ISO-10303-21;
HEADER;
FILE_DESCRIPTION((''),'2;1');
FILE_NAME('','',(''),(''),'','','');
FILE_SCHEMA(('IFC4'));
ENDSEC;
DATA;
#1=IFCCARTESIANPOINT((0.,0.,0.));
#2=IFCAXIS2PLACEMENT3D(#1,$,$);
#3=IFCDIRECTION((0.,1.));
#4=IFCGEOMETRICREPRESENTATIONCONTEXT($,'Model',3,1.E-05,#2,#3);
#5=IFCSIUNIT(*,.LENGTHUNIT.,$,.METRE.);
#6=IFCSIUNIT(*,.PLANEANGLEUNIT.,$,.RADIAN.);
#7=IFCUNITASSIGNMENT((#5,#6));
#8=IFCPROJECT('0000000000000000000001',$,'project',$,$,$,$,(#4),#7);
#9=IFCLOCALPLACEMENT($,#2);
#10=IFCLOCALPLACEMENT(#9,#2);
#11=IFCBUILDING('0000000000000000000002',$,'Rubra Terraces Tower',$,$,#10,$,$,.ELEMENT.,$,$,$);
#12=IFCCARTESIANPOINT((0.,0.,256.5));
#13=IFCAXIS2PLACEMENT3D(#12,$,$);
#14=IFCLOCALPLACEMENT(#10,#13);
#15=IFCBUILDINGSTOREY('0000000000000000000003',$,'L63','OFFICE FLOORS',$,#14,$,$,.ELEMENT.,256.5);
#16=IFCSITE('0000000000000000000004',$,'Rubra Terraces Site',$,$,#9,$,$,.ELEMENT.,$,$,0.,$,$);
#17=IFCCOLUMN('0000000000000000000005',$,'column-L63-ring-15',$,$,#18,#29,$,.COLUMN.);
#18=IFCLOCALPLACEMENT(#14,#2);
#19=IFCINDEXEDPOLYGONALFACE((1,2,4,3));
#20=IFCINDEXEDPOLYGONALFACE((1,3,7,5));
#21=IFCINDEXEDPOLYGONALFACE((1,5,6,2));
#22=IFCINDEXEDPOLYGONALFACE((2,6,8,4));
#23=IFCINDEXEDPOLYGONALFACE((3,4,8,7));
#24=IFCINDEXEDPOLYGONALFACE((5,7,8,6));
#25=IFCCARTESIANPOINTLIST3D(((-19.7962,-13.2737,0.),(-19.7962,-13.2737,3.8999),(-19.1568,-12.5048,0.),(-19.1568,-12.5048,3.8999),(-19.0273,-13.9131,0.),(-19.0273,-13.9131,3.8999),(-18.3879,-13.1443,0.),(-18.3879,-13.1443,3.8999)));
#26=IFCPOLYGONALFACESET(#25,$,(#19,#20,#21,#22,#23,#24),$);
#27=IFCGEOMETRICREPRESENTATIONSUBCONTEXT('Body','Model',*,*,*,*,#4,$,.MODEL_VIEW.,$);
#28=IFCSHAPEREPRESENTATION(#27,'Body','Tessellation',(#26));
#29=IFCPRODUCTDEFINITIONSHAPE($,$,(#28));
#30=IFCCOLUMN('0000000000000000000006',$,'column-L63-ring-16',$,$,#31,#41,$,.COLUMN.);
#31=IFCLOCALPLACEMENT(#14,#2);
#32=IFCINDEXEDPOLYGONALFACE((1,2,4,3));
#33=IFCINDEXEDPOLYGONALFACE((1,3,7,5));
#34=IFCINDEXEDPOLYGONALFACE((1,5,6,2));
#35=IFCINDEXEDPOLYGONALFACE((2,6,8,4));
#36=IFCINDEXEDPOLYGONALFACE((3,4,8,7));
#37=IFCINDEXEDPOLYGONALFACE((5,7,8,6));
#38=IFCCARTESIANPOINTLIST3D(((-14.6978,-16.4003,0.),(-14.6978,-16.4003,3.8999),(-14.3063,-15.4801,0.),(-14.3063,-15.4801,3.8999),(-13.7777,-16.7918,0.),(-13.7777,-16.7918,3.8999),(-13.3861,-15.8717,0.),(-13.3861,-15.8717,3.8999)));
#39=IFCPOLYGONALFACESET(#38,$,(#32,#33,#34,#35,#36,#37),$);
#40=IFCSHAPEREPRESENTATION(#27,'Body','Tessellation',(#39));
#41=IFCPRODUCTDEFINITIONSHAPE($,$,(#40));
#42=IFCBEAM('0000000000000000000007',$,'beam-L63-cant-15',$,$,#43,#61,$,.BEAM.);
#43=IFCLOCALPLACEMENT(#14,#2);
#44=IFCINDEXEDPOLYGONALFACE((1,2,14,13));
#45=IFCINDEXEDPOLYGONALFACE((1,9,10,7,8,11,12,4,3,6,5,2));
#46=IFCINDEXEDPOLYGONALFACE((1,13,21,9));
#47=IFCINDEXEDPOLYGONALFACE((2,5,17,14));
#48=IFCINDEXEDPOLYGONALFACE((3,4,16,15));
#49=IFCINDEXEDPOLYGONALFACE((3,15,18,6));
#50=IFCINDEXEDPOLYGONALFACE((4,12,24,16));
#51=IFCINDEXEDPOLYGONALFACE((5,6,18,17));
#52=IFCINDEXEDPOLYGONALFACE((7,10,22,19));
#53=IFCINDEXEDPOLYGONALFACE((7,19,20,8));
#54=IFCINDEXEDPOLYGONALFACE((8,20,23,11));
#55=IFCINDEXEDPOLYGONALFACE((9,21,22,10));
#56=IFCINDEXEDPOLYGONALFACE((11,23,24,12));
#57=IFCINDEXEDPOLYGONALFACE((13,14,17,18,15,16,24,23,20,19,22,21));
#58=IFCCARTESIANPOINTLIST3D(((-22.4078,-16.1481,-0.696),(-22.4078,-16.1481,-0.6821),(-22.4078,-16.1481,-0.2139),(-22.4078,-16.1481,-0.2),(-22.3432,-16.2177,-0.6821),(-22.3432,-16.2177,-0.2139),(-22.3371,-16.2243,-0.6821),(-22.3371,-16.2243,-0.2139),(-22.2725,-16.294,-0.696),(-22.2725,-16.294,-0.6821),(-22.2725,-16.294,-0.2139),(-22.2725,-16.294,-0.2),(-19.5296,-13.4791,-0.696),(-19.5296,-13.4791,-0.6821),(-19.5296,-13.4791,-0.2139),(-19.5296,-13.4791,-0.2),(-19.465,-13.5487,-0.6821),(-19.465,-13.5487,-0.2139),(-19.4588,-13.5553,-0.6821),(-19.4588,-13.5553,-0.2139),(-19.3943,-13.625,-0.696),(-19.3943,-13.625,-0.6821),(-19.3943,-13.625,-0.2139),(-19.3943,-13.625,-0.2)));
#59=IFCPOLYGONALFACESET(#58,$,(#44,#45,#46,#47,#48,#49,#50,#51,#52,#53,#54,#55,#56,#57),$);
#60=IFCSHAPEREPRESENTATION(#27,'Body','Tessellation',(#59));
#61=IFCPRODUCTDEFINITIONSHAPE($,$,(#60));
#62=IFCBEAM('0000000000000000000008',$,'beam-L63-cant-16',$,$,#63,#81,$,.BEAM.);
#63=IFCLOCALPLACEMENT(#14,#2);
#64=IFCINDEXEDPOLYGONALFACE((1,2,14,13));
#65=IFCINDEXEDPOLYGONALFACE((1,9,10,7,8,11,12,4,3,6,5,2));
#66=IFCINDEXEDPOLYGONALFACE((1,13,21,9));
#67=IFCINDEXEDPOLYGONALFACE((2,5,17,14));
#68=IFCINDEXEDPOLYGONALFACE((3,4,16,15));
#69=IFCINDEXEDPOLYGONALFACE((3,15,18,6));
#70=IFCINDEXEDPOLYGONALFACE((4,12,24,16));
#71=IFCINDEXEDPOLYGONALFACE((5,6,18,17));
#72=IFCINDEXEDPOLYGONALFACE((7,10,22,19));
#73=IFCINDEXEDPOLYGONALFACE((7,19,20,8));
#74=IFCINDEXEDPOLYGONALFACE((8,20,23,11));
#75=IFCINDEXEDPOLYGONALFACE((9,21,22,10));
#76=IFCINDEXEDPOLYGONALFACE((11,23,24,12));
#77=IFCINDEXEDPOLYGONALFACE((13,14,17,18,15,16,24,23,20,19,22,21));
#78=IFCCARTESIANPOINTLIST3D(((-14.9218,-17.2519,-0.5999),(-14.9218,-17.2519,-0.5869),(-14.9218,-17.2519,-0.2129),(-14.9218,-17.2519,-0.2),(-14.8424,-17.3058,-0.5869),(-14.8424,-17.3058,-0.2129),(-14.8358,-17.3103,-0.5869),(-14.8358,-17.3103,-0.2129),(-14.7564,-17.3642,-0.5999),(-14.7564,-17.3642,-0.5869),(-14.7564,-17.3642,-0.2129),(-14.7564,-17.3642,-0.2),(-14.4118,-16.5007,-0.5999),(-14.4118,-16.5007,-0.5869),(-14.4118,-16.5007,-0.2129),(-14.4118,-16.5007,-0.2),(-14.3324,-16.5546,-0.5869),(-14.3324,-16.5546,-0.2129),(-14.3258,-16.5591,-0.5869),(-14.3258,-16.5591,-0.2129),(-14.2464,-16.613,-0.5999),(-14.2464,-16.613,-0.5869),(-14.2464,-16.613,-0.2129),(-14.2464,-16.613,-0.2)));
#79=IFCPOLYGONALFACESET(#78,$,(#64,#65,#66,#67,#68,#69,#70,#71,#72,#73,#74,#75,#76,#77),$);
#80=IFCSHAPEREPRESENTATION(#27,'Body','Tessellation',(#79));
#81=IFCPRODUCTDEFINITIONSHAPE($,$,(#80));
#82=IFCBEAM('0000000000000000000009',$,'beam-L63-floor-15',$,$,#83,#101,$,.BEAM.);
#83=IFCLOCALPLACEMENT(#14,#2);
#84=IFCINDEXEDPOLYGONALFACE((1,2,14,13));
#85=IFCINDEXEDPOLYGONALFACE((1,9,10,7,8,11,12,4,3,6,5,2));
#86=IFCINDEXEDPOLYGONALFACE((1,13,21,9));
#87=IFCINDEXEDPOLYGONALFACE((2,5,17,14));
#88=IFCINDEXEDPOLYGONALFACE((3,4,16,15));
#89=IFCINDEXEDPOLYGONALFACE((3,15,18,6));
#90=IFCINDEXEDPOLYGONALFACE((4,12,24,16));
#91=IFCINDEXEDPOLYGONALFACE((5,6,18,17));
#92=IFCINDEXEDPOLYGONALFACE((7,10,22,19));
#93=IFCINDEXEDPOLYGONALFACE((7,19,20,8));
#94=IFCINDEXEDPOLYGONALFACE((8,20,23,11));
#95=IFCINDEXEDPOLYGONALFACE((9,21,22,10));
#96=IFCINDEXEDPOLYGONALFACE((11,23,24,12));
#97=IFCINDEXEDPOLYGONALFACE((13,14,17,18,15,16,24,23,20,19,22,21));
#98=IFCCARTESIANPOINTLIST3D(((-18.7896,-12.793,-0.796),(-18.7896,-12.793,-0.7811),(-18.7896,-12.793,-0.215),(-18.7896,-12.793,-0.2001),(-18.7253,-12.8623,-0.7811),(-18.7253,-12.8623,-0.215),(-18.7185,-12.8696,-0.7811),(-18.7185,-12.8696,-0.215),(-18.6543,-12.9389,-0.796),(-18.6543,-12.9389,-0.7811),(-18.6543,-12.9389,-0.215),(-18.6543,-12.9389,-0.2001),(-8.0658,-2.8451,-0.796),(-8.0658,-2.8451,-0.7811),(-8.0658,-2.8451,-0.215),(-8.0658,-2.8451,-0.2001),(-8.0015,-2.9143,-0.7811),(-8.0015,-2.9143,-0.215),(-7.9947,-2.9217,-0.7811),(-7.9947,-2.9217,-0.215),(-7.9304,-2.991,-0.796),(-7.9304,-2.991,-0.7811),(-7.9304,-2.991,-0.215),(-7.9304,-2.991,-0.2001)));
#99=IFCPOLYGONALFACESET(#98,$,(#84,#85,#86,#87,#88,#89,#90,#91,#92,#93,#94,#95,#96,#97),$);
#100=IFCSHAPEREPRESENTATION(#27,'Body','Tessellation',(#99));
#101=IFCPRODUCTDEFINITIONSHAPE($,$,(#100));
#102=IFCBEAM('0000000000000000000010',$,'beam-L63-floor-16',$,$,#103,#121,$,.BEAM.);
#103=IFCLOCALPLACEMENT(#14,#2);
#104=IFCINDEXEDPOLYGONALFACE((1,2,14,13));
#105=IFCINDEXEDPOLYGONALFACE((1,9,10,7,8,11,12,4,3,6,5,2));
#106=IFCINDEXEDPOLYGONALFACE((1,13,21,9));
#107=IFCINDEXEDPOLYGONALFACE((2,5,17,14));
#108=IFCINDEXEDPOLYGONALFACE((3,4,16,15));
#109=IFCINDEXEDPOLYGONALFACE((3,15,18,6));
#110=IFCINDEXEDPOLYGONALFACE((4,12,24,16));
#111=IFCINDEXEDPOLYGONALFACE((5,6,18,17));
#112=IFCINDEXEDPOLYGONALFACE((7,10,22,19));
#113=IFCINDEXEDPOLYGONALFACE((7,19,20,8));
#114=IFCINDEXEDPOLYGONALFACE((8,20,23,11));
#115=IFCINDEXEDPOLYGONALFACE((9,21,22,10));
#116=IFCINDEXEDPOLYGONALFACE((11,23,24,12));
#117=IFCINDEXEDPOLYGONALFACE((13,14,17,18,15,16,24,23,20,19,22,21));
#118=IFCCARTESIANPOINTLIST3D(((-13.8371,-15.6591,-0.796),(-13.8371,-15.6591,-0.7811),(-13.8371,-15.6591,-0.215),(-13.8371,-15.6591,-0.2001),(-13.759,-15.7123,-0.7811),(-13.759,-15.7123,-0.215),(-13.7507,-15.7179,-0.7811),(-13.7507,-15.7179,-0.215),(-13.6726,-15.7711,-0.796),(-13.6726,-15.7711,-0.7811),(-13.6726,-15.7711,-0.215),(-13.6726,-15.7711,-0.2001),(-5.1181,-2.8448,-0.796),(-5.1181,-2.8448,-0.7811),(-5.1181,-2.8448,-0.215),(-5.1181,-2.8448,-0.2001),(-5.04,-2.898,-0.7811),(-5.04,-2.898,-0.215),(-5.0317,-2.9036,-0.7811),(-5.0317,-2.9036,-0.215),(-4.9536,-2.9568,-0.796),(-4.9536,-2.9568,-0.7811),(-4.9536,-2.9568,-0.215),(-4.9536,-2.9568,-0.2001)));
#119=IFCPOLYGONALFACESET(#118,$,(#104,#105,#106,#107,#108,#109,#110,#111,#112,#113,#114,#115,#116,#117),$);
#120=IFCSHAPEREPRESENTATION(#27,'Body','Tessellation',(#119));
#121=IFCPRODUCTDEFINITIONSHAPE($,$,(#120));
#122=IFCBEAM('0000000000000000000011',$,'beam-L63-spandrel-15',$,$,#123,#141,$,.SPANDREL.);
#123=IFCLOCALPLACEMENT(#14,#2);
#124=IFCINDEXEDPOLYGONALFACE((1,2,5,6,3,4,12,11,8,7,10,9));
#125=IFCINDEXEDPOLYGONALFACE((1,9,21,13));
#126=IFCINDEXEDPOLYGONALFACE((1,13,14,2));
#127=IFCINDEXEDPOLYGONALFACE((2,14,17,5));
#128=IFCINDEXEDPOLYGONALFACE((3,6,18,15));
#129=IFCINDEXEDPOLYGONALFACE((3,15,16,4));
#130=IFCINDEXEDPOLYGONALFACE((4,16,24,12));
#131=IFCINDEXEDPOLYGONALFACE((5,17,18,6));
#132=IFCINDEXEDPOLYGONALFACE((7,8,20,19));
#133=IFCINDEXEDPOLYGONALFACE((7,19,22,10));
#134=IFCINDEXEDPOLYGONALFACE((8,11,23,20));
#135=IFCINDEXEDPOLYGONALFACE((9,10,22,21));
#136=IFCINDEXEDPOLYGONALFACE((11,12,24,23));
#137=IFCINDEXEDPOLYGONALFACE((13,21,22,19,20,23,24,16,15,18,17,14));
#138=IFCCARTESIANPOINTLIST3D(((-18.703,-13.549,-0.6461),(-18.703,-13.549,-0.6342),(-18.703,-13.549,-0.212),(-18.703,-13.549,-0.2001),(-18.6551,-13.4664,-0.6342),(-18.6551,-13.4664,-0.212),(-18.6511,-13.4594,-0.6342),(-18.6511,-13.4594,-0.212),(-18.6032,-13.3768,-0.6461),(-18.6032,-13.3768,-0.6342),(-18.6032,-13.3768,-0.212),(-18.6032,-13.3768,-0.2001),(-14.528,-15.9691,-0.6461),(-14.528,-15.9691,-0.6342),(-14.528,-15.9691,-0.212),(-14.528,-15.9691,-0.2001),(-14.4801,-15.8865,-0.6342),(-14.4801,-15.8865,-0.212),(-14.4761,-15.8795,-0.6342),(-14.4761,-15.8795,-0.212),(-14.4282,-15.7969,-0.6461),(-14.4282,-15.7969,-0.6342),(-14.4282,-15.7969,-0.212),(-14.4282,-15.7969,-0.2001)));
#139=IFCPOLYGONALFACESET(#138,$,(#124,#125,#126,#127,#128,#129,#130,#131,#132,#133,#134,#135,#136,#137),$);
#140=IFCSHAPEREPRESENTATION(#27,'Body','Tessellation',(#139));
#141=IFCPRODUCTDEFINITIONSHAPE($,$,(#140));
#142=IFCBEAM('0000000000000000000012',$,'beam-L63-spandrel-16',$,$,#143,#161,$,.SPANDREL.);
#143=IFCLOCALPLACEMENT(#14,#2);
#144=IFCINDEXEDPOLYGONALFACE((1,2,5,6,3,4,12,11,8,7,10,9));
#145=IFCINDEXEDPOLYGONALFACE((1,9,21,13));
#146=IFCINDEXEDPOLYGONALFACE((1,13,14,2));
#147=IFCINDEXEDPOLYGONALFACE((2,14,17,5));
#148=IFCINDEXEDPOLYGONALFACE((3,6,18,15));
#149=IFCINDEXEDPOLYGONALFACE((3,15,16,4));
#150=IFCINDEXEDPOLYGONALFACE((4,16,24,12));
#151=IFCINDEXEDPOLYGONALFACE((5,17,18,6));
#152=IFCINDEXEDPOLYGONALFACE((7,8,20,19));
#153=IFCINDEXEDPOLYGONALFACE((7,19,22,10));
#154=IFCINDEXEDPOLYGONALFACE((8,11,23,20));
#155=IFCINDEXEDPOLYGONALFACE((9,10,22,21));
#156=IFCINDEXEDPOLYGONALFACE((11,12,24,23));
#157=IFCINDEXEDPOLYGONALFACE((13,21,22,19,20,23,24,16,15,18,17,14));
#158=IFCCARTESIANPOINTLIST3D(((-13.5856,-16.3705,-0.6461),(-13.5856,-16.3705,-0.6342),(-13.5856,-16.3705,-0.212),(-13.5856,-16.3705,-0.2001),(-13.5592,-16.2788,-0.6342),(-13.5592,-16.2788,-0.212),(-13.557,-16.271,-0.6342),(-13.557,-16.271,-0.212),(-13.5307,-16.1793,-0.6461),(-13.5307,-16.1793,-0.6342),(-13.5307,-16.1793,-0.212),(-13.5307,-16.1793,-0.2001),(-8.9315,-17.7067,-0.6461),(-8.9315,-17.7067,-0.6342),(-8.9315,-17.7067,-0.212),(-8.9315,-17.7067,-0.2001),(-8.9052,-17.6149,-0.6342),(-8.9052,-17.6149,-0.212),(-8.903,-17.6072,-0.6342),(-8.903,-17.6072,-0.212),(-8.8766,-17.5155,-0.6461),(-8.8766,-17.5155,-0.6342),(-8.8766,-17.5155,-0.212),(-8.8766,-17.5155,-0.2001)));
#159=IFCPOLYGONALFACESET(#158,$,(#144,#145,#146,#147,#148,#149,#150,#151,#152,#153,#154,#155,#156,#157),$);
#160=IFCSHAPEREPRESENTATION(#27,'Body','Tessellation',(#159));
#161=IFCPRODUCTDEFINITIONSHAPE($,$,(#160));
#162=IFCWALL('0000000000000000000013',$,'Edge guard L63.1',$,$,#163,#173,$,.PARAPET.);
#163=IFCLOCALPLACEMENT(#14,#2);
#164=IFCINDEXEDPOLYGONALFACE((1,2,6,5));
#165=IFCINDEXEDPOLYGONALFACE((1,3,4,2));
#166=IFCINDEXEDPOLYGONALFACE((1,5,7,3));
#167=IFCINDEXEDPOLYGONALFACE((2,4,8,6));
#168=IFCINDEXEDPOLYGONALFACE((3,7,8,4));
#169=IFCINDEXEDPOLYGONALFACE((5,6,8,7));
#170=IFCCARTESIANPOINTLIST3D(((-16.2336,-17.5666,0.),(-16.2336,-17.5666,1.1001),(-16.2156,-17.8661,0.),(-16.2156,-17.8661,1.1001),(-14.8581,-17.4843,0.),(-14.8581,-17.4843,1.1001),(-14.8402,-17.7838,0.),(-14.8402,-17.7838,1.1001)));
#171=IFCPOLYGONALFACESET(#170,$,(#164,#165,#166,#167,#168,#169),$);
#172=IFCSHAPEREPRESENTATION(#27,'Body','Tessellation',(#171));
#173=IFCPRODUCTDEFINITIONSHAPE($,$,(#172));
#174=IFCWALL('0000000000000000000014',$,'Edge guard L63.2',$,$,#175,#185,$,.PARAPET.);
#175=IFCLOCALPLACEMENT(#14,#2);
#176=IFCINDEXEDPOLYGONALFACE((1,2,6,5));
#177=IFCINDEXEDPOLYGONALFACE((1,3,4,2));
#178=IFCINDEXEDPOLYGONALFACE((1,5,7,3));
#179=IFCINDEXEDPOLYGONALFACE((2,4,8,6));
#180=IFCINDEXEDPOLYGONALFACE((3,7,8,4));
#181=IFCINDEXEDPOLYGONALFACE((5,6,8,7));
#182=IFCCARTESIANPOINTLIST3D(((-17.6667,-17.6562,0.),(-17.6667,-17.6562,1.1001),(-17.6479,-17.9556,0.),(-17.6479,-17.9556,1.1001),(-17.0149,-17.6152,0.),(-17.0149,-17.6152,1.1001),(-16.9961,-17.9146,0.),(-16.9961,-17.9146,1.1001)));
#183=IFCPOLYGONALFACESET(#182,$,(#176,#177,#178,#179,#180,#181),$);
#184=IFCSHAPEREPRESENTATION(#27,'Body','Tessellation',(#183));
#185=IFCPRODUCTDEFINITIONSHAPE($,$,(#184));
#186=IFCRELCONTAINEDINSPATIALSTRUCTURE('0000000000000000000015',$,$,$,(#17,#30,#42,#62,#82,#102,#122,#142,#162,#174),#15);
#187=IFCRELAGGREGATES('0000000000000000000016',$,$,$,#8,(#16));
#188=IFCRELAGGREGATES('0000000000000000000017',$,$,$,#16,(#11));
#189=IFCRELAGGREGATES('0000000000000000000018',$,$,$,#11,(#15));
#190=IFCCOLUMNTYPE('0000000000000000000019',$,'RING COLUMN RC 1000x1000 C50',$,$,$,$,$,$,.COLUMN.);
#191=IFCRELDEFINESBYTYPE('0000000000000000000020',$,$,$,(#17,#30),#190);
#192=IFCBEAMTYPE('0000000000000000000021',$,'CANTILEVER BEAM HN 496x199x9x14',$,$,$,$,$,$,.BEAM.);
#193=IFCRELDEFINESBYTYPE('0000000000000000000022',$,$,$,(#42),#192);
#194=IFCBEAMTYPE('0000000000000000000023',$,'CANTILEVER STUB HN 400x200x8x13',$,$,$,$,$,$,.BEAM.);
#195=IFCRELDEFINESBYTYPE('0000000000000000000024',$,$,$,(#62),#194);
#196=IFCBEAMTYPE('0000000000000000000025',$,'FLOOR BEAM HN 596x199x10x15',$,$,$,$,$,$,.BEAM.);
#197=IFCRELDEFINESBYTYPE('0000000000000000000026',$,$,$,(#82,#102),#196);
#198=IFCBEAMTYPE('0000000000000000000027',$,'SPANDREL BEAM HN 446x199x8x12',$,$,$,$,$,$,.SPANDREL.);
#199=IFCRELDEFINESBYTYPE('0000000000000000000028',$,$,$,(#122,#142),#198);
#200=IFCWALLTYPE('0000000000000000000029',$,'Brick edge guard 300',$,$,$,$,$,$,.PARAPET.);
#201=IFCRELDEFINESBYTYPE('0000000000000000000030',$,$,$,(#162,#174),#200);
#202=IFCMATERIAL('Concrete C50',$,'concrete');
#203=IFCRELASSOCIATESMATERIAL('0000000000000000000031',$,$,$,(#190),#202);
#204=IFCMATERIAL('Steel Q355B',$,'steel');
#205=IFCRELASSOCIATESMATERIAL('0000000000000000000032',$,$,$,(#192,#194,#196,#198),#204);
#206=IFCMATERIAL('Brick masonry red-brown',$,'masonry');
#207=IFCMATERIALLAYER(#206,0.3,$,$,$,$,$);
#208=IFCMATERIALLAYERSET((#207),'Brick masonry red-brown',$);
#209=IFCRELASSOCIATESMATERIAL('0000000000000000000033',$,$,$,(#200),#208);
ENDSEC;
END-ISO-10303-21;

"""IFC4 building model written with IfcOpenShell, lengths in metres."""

from ifc_helpers import new_model, si_unit, direction, frame, frame_2d, origin, origin_2d, place, context, subcontext, project, spatial, rectangle, i_section, extrude, material, layer, layer_set, material_profile, profile_set, type_object, element, save


model = new_model("IFC4")

# Units and contexts
model_context = context("Model", 3, precision=1e-05, world=origin(), true_north=direction((0.0, 1.0)))
body_context = subcontext(model_context, "Body", "Model", "MODEL_VIEW")
ifc_project = project(units=[si_unit("LENGTHUNIT", "METRE"), si_unit("PLANEANGLEUNIT", "RADIAN")], contexts=[model_context])

# Site, building, storey
site_placement = place(None, origin())
site = spatial("IfcSite", under=ifc_project, at=site_placement, Name="Rubra Terraces Site", CompositionType="ELEMENT", RefElevation=0.0)
building_placement = place(site_placement, origin())
building = spatial("IfcBuilding", under=site, at=building_placement, Name="Rubra Terraces Tower", CompositionType="ELEMENT")
storey_placement = place(building_placement, frame((0.0, 0.0, 256.5)))
storey = spatial("IfcBuildingStorey", under=building, at=storey_placement, Name="L63", Description="OFFICE FLOORS", CompositionType="ELEMENT", Elevation=256.5)

# Columns
ifc_material_1 = material(Name="Concrete C50", Category="concrete")
ifc_material_profile_1 = material_profile(ifc_material_1, rectangle(XDim=1.0, YDim=1.0, at=origin_2d()), Name="RC 1000x1000")
ifc_profile_set_1 = profile_set([ifc_material_profile_1], Name="Concrete C50")
column_type = type_object("IfcColumnType", Name="RING COLUMN RC 1000x1000 C50", PredefinedType="COLUMN", material=ifc_profile_set_1)
for number, where, z_axis, x_axis, name in (
    (1, (-19.092, -13.209, 0.0), (0.0, 0.0, 1.0), (0.76887, -0.639405, 0.0), "column-L63-ring-15"),
    (2, (-14.042, -16.136, 0.0), (0.0, 0.0, 1.0), (0.920168, -0.391524, 0.0), "column-L63-ring-16"),
):
    element("IfcColumn", number, at=place(storey_placement, frame(where, z_axis=z_axis, x_axis=x_axis)), inside=storey, type_object=column_type, Name=name, PredefinedType="COLUMN", context=body_context, shape_type="SweptSolid", body=[
        extrude(rectangle(XDim=1.0, YDim=1.0, at=origin_2d()), origin(), (0.0, 0.0, 1.0), 3.8999),
    ])

# Beams
ifc_material_2 = material(Name="Steel Q355B", Category="steel")
ifc_material_profile_2 = material_profile(ifc_material_2, i_section(OverallWidth=0.199, OverallDepth=0.4961, WebThickness=0.009, FlangeThickness=0.0139, at=origin_2d()), Name="HN 496x199x9x14")
ifc_profile_set_2 = profile_set([ifc_material_profile_2], Name="Steel Q355B")
beam_type_1 = type_object("IfcBeamType", Name="CANTILEVER BEAM HN 496x199x9x14", PredefinedType="BEAM", material=ifc_profile_set_2)
beam_1_placement = place(storey_placement, frame((-19.4619, -13.552, -0.448), z_axis=(-0.733256, -0.679952, 0.0), x_axis=(0.679952, -0.733256, 0.0)))
element("IfcBeam", 3, at=beam_1_placement, inside=storey, type_object=beam_type_1, Name="beam-L63-cant-15", PredefinedType="BEAM", context=body_context, shape_type="SweptSolid", body=[
    extrude(i_section(OverallWidth=0.199, OverallDepth=0.4961, WebThickness=0.009, FlangeThickness=0.0139, at=origin_2d()), origin(), (0.0, 0.0, 1.0), 3.9253),
])
ifc_material_profile_3 = material_profile(ifc_material_2, i_section(OverallWidth=0.2, OverallDepth=0.3999, WebThickness=0.0081, FlangeThickness=0.0129, at=origin_2d()), Name="HN 400x200x8x13")
ifc_profile_set_3 = profile_set([ifc_material_profile_3], Name="Steel Q355B")
beam_type_2 = type_object("IfcBeamType", Name="CANTILEVER STUB HN 400x200x8x13", PredefinedType="BEAM", material=ifc_profile_set_3)
beam_2_placement = place(storey_placement, frame((-14.3291, -16.5569, -0.3999), z_axis=(-0.561692, -0.827346, 0.0), x_axis=(0.827346, -0.561692, 0.0)))
element("IfcBeam", 4, at=beam_2_placement, inside=storey, type_object=beam_type_2, Name="beam-L63-cant-16", PredefinedType="BEAM", context=body_context, shape_type="SweptSolid", body=[
    extrude(i_section(OverallWidth=0.2, OverallDepth=0.3999, WebThickness=0.0081, FlangeThickness=0.0129, at=origin_2d()), origin(), (0.0, 0.0, 1.0), 0.908),
])
ifc_material_profile_4 = material_profile(ifc_material_2, i_section(OverallWidth=0.199, OverallDepth=0.5959, WebThickness=0.01, FlangeThickness=0.0149, at=origin_2d()), Name="HN 596x199x10x15")
ifc_profile_set_4 = profile_set([ifc_material_profile_4], Name="Steel Q355B")
beam_type_3 = type_object("IfcBeamType", Name="FLOOR BEAM HN 596x199x10x15", PredefinedType="BEAM", material=ifc_profile_set_4)
beam_3_placement = place(storey_placement, frame((-18.7219, -12.866, -0.498), z_axis=(0.73313, 0.680088, 0.0), x_axis=(-0.680088, 0.73313, 0.0)))
element("IfcBeam", 5, at=beam_3_placement, inside=storey, type_object=beam_type_3, Name="beam-L63-floor-15", PredefinedType="BEAM", context=body_context, shape_type="SweptSolid", body=[
    extrude(i_section(OverallWidth=0.199, OverallDepth=0.5959, WebThickness=0.01, FlangeThickness=0.0149, at=origin_2d()), origin(), (0.0, 0.0, 1.0), 14.6274),
])
beam_4_placement = place(storey_placement, frame((-13.7549, -15.7151, -0.498), z_axis=(0.562545, 0.826767, 0.0), x_axis=(-0.826767, 0.562545, 0.0)))
element("IfcBeam", 6, at=beam_4_placement, inside=storey, type_object=beam_type_3, Name="beam-L63-floor-16", PredefinedType="BEAM", context=body_context, shape_type="SweptSolid", body=[
    extrude(i_section(OverallWidth=0.199, OverallDepth=0.5959, WebThickness=0.01, FlangeThickness=0.0149, at=origin_2d()), origin(), (0.0, 0.0, 1.0), 15.4993),
])
ifc_material_profile_5 = material_profile(ifc_material_2, i_section(OverallWidth=0.199, OverallDepth=0.446, WebThickness=0.0081, FlangeThickness=0.012, at=origin_2d()), Name="HN 446x199x8x12")
ifc_profile_set_5 = profile_set([ifc_material_profile_5], Name="Steel Q355B")
beam_type_4 = type_object("IfcBeamType", Name="SPANDREL BEAM HN 446x199x8x12", PredefinedType="SPANDREL", material=ifc_profile_set_5)
beam_5_placement = place(storey_placement, frame((-18.6531, -13.4629, -0.4231), z_axis=(0.865154, -0.501507, 0.0), x_axis=(0.501507, 0.865154, 0.0)))
element("IfcBeam", 7, at=beam_5_placement, inside=storey, type_object=beam_type_4, Name="beam-L63-spandrel-15", PredefinedType="SPANDREL", context=body_context, shape_type="SweptSolid", body=[
    extrude(i_section(OverallWidth=0.199, OverallDepth=0.446, WebThickness=0.0081, FlangeThickness=0.012, at=origin_2d()), origin(), (0.0, 0.0, 1.0), 4.8257),
])
beam_6_placement = place(storey_placement, frame((-13.5581, -16.2749, -0.4231), z_axis=(0.961171, -0.275953, 0.0), x_axis=(0.275953, 0.961171, 0.0)))
element("IfcBeam", 8, at=beam_6_placement, inside=storey, type_object=beam_type_4, Name="beam-L63-spandrel-16", PredefinedType="SPANDREL", context=body_context, shape_type="SweptSolid", body=[
    extrude(i_section(OverallWidth=0.199, OverallDepth=0.446, WebThickness=0.0081, FlangeThickness=0.012, at=origin_2d()), origin(), (0.0, 0.0, 1.0), 4.842),
])

# Walls
ifc_material_3 = material(Name="Brick masonry red-brown", Category="masonry")
ifc_layer_1 = layer(ifc_material_3, 0.3)
ifc_layer_set_1 = layer_set([ifc_layer_1], Name="Brick masonry red-brown")
wall_type_1 = type_object("IfcWallType", Name="Brick edge guard 300", PredefinedType="PARAPET", material=ifc_layer_set_1)
wall_1_placement = place(storey_placement, frame((-14.8491, -17.634, 0.0), z_axis=(0.0, 0.0, 1.0), x_axis=(-0.998216, -0.059709, 0.0)))
element("IfcWall", 9, at=wall_1_placement, inside=storey, type_object=wall_type_1, Name="Edge guard L63.1", PredefinedType="PARAPET", context=body_context, shape_type="SweptSolid", body=[
    extrude(rectangle(XDim=1.3779, YDim=0.3, at=frame_2d((0.689, 0.0))), origin(), (0.0, 0.0, 1.0), 1.1001),
])
wall_2_placement = place(storey_placement, frame((-17.0054, -17.7649, 0.0), z_axis=(0.0, 0.0, 1.0), x_axis=(-0.998026, -0.062797, 0.0)))
element("IfcWall", 10, at=wall_2_placement, inside=storey, type_object=wall_type_1, Name="Edge guard L63.2", PredefinedType="PARAPET", context=body_context, shape_type="SweptSolid", body=[
    extrude(rectangle(XDim=0.6531, YDim=0.3, at=frame_2d((0.3267, 0.0))), origin(), (0.0, 0.0, 1.0), 1.1001),
])

save(model, "model.ifc")
